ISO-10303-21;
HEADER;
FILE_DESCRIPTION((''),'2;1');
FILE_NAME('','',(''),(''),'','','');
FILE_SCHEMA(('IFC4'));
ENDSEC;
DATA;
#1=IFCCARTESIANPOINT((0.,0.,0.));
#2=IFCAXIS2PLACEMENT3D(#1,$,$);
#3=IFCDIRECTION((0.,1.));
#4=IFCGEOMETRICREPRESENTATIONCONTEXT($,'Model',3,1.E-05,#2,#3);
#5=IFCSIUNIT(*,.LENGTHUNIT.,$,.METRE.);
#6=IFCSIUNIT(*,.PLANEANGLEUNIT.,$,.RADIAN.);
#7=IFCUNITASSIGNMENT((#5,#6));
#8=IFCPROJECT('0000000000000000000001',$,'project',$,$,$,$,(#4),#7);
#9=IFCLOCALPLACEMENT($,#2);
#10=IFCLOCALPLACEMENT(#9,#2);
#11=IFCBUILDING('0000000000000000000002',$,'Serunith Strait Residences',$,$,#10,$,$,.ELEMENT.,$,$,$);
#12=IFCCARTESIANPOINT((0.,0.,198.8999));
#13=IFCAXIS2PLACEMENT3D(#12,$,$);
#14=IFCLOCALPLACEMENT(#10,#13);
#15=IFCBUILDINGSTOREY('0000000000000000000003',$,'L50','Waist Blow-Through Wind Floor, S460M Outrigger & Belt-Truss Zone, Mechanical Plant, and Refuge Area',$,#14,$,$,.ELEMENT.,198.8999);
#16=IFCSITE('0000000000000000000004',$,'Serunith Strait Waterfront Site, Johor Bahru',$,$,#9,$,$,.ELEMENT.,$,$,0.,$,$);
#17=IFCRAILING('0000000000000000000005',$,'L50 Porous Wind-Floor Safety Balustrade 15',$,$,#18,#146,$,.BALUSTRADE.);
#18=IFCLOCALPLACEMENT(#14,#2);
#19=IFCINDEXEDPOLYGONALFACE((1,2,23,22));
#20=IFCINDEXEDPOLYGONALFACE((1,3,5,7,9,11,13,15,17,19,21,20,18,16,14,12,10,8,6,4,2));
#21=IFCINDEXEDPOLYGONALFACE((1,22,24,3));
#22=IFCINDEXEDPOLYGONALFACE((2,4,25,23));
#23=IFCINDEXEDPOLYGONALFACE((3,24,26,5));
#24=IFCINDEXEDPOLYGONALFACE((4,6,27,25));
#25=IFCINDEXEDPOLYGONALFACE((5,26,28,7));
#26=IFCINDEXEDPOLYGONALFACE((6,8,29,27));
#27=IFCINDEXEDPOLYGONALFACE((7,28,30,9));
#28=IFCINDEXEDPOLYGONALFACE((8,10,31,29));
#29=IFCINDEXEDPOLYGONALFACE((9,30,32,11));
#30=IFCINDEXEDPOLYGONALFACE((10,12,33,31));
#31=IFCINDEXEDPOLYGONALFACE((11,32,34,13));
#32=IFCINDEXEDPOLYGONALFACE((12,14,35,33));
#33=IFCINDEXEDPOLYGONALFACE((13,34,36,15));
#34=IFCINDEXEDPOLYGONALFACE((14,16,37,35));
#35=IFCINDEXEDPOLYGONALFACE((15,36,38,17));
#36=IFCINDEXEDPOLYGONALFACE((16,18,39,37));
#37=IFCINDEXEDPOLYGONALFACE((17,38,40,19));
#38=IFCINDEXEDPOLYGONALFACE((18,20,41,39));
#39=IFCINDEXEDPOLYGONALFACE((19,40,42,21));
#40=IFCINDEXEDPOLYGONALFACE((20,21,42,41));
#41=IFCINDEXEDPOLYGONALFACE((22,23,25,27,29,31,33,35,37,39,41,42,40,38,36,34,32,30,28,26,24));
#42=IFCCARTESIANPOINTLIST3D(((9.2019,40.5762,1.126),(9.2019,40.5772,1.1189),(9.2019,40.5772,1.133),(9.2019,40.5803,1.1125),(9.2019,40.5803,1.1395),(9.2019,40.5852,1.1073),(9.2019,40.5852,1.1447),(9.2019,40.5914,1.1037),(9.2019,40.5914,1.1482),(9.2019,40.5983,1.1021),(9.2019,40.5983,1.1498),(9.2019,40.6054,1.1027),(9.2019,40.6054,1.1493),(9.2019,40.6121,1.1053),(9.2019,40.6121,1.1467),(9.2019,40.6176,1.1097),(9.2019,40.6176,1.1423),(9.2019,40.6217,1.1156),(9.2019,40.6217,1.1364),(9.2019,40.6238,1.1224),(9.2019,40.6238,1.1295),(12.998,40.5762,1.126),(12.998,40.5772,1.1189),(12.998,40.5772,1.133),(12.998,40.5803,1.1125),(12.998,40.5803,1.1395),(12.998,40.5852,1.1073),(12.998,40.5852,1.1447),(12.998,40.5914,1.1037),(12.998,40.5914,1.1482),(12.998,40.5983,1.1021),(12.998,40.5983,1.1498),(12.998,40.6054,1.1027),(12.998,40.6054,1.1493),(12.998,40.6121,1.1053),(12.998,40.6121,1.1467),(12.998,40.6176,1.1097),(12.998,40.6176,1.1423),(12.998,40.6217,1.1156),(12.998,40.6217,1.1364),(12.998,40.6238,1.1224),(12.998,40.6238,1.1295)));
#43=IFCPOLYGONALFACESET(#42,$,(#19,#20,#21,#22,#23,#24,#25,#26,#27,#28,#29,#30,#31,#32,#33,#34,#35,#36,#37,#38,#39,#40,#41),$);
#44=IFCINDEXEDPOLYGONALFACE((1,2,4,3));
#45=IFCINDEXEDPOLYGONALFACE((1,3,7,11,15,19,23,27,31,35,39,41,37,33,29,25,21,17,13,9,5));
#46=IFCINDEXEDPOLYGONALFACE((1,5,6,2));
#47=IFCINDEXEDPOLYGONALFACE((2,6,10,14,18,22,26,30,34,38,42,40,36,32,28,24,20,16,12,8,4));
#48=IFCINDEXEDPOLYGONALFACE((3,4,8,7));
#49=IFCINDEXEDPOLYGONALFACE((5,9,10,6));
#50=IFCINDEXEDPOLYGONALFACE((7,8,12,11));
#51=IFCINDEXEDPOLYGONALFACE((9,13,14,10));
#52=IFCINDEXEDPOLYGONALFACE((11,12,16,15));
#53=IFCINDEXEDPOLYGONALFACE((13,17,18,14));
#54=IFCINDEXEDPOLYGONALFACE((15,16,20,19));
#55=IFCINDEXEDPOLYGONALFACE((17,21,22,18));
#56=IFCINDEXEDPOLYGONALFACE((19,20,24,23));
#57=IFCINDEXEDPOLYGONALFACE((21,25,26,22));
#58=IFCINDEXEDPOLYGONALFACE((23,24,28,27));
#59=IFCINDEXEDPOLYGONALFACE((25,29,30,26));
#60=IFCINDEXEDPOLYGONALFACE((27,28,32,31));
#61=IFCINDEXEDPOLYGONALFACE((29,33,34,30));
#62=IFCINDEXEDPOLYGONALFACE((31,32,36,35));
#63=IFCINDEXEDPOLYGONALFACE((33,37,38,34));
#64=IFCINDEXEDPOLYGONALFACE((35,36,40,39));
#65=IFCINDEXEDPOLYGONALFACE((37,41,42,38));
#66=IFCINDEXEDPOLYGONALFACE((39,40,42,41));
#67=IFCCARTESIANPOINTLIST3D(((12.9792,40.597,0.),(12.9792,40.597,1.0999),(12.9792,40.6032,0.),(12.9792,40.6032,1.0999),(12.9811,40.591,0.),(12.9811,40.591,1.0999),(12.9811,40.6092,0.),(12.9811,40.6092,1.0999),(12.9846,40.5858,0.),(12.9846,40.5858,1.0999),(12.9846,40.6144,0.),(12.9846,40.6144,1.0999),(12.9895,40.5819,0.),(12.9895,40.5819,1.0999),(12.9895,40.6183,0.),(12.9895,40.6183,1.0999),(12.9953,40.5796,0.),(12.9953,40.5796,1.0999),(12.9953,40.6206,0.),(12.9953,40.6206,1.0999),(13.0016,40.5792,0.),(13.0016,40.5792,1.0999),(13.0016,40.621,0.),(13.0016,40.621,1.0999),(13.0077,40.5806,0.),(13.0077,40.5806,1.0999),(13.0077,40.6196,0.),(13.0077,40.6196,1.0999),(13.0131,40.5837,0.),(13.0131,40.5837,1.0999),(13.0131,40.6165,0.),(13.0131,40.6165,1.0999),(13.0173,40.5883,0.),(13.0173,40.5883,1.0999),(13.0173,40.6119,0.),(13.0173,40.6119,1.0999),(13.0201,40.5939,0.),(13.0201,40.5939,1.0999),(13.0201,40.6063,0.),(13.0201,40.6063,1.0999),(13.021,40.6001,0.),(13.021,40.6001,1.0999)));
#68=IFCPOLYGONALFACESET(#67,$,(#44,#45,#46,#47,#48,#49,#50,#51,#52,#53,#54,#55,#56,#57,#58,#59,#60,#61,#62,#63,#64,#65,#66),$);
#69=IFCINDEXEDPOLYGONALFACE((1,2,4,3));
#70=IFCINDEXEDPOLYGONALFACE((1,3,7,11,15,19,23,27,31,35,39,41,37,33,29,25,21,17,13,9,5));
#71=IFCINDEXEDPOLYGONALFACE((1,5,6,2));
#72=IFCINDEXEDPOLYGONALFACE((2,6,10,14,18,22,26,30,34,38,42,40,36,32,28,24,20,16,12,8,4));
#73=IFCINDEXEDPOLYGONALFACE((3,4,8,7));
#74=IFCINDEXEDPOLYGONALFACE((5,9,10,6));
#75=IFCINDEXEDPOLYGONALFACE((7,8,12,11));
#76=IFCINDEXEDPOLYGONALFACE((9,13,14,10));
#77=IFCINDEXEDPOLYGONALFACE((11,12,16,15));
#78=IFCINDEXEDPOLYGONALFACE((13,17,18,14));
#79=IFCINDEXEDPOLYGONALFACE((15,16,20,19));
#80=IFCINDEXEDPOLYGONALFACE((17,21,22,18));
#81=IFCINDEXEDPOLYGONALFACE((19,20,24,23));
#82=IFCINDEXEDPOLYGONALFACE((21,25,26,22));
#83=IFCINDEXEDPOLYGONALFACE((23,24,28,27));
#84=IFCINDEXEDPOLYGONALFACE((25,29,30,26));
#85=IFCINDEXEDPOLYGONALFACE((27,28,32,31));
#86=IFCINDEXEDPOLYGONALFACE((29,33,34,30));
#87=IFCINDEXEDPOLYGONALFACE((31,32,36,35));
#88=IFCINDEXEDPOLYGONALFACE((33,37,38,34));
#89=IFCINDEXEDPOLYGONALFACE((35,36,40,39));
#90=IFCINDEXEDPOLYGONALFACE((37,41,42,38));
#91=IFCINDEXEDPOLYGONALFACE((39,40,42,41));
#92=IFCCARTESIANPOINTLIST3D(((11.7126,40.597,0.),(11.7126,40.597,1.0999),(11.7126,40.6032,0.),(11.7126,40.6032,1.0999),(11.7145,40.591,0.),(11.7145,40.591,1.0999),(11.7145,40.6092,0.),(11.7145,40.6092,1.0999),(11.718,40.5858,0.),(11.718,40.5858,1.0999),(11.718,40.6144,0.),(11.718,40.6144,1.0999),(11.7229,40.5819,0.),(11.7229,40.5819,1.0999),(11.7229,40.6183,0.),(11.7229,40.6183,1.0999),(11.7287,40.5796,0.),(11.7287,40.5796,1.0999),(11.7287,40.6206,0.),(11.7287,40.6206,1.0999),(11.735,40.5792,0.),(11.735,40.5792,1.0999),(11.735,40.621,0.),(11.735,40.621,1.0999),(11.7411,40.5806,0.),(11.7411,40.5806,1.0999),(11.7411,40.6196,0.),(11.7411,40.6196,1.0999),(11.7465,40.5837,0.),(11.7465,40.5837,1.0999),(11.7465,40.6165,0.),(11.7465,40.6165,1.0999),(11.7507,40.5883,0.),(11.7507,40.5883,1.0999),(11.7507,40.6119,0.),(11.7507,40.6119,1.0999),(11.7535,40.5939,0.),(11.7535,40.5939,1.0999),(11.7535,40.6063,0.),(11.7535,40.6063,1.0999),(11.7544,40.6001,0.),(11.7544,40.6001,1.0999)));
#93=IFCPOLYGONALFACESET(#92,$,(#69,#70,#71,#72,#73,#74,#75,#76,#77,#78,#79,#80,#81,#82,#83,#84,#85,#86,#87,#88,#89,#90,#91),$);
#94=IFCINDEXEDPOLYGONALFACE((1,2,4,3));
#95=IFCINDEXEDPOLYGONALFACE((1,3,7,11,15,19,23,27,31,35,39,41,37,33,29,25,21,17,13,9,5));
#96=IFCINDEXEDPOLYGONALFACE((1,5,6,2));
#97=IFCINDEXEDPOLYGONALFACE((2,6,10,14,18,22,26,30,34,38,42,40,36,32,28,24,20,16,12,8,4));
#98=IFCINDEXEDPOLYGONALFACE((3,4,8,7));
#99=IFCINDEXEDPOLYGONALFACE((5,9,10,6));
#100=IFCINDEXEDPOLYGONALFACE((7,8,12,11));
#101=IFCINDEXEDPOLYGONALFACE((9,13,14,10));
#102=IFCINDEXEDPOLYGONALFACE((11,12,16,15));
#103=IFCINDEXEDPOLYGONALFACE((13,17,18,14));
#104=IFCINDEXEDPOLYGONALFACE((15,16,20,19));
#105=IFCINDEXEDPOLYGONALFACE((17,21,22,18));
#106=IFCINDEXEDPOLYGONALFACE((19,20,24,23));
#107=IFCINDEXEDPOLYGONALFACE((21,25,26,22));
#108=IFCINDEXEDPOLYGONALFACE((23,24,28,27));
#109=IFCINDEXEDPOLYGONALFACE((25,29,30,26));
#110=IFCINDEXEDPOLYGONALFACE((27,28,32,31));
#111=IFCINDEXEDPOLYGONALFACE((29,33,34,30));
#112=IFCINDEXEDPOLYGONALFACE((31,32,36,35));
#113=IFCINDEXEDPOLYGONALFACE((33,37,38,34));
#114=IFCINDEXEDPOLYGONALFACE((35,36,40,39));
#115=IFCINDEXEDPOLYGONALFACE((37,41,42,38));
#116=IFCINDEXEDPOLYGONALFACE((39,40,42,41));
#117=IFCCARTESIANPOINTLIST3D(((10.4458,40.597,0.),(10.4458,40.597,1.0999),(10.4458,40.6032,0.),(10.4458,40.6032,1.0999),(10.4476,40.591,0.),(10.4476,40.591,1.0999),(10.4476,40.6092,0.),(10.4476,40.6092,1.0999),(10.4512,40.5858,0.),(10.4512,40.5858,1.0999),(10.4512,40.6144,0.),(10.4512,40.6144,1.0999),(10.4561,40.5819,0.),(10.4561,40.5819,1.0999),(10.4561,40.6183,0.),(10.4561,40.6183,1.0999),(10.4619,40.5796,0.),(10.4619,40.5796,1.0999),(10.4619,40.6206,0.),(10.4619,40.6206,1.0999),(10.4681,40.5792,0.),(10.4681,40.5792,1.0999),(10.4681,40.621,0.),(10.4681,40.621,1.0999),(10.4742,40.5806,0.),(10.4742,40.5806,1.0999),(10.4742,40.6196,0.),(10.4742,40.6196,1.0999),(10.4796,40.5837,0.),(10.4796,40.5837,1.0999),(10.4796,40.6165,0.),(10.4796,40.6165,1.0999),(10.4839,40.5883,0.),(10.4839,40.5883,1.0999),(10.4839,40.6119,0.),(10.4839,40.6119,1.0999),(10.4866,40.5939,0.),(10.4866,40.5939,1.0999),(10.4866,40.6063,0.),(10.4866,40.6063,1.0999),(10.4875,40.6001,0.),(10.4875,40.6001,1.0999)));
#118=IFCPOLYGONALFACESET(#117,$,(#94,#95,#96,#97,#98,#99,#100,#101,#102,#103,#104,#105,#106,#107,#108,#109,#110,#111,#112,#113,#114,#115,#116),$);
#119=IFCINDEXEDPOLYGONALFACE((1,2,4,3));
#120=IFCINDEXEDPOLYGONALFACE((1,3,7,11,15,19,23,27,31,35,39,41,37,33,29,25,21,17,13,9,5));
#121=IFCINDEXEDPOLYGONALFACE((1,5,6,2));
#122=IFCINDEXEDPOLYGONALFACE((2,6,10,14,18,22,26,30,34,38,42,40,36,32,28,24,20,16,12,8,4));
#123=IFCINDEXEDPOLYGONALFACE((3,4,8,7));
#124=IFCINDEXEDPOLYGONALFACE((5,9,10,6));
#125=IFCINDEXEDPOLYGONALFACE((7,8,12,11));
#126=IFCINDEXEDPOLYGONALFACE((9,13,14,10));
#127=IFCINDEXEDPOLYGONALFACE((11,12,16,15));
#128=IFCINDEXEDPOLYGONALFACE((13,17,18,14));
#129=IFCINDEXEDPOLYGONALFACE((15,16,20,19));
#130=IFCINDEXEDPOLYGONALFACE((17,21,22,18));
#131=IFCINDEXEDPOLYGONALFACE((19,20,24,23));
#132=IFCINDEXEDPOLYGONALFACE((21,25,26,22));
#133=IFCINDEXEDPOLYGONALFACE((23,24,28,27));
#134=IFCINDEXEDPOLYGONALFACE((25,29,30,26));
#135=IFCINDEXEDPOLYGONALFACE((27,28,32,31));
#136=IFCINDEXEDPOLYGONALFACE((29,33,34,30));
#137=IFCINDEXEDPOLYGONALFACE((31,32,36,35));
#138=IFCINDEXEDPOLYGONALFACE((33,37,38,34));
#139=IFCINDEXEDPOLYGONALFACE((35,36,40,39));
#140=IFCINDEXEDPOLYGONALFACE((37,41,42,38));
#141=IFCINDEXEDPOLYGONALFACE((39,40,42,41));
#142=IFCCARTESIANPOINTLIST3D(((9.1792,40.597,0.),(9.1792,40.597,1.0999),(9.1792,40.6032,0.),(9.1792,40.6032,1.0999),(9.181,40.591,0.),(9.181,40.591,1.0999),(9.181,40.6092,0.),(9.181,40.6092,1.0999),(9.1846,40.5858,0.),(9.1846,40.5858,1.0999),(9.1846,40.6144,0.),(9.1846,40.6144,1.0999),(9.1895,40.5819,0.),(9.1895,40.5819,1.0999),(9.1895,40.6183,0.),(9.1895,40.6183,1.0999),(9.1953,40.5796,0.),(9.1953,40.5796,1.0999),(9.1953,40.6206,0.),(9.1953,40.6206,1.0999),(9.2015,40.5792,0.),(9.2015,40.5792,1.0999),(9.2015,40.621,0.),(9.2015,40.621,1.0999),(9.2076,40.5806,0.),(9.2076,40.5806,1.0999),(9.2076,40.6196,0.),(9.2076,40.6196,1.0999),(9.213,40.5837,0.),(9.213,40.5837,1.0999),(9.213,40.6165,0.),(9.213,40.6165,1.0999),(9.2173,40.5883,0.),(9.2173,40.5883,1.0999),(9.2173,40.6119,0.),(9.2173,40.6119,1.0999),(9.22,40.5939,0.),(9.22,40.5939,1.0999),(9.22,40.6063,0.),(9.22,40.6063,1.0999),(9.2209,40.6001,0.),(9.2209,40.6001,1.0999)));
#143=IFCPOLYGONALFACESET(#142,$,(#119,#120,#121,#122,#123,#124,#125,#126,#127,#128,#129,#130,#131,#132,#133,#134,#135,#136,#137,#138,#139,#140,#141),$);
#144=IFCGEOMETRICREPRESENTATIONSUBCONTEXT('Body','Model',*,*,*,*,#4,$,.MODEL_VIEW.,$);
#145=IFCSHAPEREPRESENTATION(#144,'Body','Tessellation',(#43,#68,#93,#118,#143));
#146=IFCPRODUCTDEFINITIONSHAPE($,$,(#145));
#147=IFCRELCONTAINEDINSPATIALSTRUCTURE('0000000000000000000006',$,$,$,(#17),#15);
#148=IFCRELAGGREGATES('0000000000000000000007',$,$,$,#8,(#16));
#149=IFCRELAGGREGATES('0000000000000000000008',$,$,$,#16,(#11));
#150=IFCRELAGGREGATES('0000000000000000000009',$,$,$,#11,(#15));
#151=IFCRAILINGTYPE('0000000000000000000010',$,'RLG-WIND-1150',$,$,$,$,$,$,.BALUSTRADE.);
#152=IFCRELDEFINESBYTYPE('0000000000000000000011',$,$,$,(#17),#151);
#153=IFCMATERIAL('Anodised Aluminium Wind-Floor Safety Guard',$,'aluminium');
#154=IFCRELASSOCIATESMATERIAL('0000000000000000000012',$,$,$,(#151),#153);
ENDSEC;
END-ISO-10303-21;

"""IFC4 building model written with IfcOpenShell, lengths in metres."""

from ifc_helpers import new_model, si_unit, direction, frame, origin, origin_2d, place, context, subcontext, project, spatial, circle, extrude, material, type_object, element, save


model = new_model("IFC4")

# Units and contexts
model_context = context("Model", 3, precision=1e-05, world=origin(), true_north=direction((0.0, 1.0)))
body_context = subcontext(model_context, "Body", "Model", "MODEL_VIEW")
ifc_project = project(units=[si_unit("LENGTHUNIT", "METRE"), si_unit("PLANEANGLEUNIT", "RADIAN")], contexts=[model_context])

# Site, building, storey
site_placement = place(None, origin())
site = spatial("IfcSite", under=ifc_project, at=site_placement, Name="Serunith Strait Waterfront Site, Johor Bahru", CompositionType="ELEMENT", RefElevation=0.0)
building_placement = place(site_placement, origin())
building = spatial("IfcBuilding", under=site, at=building_placement, Name="Serunith Strait Residences", CompositionType="ELEMENT")
storey_placement = place(building_placement, frame((0.0, 0.0, 198.8999)))
storey = spatial("IfcBuildingStorey", under=building, at=storey_placement, Name="L50", Description="Waist Blow-Through Wind Floor, S460M Outrigger & Belt-Truss Zone, Mechanical Plant, and Refuge Area", CompositionType="ELEMENT", Elevation=198.8999)

# Railing
ifc_material_1 = material(Name="Anodised Aluminium Wind-Floor Safety Guard", Category="aluminium")
railing_type = type_object("IfcRailingType", Name="RLG-WIND-1150", PredefinedType="BALUSTRADE", material=ifc_material_1)
railing_1_placement = place(storey_placement, frame((13.0, 40.6001, 0.0)))
element("IfcRailing", 1, at=railing_1_placement, inside=storey, type_object=railing_type, Name="L50 Porous Wind-Floor Safety Balustrade 15", PredefinedType="BALUSTRADE", context=body_context, shape_type="SweptSolid", body=[
    extrude(circle(Radius=0.0239, at=origin_2d()), frame((-0.002, 0.0, 1.126), z_axis=(-1.0, 0.0, 0.0), x_axis=(0.0, -1.0, 0.0)), (0.0, 0.0, 1.0), 3.7961),
    extrude(circle(Radius=0.021, at=origin_2d()), origin(), (0.0, 0.0, 1.0), 1.0999),
    extrude(circle(Radius=0.021, at=origin_2d()), frame((-1.2666, 0.0, 0.0)), (0.0, 0.0, 1.0), 1.0999),
    extrude(circle(Radius=0.021, at=origin_2d()), frame((-2.5334, 0.0, 0.0)), (0.0, 0.0, 1.0), 1.0999),
    extrude(circle(Radius=0.021, at=origin_2d()), frame((-3.8, 0.0, 0.0)), (0.0, 0.0, 1.0), 1.0999),
])

save(model, "model.ifc")
